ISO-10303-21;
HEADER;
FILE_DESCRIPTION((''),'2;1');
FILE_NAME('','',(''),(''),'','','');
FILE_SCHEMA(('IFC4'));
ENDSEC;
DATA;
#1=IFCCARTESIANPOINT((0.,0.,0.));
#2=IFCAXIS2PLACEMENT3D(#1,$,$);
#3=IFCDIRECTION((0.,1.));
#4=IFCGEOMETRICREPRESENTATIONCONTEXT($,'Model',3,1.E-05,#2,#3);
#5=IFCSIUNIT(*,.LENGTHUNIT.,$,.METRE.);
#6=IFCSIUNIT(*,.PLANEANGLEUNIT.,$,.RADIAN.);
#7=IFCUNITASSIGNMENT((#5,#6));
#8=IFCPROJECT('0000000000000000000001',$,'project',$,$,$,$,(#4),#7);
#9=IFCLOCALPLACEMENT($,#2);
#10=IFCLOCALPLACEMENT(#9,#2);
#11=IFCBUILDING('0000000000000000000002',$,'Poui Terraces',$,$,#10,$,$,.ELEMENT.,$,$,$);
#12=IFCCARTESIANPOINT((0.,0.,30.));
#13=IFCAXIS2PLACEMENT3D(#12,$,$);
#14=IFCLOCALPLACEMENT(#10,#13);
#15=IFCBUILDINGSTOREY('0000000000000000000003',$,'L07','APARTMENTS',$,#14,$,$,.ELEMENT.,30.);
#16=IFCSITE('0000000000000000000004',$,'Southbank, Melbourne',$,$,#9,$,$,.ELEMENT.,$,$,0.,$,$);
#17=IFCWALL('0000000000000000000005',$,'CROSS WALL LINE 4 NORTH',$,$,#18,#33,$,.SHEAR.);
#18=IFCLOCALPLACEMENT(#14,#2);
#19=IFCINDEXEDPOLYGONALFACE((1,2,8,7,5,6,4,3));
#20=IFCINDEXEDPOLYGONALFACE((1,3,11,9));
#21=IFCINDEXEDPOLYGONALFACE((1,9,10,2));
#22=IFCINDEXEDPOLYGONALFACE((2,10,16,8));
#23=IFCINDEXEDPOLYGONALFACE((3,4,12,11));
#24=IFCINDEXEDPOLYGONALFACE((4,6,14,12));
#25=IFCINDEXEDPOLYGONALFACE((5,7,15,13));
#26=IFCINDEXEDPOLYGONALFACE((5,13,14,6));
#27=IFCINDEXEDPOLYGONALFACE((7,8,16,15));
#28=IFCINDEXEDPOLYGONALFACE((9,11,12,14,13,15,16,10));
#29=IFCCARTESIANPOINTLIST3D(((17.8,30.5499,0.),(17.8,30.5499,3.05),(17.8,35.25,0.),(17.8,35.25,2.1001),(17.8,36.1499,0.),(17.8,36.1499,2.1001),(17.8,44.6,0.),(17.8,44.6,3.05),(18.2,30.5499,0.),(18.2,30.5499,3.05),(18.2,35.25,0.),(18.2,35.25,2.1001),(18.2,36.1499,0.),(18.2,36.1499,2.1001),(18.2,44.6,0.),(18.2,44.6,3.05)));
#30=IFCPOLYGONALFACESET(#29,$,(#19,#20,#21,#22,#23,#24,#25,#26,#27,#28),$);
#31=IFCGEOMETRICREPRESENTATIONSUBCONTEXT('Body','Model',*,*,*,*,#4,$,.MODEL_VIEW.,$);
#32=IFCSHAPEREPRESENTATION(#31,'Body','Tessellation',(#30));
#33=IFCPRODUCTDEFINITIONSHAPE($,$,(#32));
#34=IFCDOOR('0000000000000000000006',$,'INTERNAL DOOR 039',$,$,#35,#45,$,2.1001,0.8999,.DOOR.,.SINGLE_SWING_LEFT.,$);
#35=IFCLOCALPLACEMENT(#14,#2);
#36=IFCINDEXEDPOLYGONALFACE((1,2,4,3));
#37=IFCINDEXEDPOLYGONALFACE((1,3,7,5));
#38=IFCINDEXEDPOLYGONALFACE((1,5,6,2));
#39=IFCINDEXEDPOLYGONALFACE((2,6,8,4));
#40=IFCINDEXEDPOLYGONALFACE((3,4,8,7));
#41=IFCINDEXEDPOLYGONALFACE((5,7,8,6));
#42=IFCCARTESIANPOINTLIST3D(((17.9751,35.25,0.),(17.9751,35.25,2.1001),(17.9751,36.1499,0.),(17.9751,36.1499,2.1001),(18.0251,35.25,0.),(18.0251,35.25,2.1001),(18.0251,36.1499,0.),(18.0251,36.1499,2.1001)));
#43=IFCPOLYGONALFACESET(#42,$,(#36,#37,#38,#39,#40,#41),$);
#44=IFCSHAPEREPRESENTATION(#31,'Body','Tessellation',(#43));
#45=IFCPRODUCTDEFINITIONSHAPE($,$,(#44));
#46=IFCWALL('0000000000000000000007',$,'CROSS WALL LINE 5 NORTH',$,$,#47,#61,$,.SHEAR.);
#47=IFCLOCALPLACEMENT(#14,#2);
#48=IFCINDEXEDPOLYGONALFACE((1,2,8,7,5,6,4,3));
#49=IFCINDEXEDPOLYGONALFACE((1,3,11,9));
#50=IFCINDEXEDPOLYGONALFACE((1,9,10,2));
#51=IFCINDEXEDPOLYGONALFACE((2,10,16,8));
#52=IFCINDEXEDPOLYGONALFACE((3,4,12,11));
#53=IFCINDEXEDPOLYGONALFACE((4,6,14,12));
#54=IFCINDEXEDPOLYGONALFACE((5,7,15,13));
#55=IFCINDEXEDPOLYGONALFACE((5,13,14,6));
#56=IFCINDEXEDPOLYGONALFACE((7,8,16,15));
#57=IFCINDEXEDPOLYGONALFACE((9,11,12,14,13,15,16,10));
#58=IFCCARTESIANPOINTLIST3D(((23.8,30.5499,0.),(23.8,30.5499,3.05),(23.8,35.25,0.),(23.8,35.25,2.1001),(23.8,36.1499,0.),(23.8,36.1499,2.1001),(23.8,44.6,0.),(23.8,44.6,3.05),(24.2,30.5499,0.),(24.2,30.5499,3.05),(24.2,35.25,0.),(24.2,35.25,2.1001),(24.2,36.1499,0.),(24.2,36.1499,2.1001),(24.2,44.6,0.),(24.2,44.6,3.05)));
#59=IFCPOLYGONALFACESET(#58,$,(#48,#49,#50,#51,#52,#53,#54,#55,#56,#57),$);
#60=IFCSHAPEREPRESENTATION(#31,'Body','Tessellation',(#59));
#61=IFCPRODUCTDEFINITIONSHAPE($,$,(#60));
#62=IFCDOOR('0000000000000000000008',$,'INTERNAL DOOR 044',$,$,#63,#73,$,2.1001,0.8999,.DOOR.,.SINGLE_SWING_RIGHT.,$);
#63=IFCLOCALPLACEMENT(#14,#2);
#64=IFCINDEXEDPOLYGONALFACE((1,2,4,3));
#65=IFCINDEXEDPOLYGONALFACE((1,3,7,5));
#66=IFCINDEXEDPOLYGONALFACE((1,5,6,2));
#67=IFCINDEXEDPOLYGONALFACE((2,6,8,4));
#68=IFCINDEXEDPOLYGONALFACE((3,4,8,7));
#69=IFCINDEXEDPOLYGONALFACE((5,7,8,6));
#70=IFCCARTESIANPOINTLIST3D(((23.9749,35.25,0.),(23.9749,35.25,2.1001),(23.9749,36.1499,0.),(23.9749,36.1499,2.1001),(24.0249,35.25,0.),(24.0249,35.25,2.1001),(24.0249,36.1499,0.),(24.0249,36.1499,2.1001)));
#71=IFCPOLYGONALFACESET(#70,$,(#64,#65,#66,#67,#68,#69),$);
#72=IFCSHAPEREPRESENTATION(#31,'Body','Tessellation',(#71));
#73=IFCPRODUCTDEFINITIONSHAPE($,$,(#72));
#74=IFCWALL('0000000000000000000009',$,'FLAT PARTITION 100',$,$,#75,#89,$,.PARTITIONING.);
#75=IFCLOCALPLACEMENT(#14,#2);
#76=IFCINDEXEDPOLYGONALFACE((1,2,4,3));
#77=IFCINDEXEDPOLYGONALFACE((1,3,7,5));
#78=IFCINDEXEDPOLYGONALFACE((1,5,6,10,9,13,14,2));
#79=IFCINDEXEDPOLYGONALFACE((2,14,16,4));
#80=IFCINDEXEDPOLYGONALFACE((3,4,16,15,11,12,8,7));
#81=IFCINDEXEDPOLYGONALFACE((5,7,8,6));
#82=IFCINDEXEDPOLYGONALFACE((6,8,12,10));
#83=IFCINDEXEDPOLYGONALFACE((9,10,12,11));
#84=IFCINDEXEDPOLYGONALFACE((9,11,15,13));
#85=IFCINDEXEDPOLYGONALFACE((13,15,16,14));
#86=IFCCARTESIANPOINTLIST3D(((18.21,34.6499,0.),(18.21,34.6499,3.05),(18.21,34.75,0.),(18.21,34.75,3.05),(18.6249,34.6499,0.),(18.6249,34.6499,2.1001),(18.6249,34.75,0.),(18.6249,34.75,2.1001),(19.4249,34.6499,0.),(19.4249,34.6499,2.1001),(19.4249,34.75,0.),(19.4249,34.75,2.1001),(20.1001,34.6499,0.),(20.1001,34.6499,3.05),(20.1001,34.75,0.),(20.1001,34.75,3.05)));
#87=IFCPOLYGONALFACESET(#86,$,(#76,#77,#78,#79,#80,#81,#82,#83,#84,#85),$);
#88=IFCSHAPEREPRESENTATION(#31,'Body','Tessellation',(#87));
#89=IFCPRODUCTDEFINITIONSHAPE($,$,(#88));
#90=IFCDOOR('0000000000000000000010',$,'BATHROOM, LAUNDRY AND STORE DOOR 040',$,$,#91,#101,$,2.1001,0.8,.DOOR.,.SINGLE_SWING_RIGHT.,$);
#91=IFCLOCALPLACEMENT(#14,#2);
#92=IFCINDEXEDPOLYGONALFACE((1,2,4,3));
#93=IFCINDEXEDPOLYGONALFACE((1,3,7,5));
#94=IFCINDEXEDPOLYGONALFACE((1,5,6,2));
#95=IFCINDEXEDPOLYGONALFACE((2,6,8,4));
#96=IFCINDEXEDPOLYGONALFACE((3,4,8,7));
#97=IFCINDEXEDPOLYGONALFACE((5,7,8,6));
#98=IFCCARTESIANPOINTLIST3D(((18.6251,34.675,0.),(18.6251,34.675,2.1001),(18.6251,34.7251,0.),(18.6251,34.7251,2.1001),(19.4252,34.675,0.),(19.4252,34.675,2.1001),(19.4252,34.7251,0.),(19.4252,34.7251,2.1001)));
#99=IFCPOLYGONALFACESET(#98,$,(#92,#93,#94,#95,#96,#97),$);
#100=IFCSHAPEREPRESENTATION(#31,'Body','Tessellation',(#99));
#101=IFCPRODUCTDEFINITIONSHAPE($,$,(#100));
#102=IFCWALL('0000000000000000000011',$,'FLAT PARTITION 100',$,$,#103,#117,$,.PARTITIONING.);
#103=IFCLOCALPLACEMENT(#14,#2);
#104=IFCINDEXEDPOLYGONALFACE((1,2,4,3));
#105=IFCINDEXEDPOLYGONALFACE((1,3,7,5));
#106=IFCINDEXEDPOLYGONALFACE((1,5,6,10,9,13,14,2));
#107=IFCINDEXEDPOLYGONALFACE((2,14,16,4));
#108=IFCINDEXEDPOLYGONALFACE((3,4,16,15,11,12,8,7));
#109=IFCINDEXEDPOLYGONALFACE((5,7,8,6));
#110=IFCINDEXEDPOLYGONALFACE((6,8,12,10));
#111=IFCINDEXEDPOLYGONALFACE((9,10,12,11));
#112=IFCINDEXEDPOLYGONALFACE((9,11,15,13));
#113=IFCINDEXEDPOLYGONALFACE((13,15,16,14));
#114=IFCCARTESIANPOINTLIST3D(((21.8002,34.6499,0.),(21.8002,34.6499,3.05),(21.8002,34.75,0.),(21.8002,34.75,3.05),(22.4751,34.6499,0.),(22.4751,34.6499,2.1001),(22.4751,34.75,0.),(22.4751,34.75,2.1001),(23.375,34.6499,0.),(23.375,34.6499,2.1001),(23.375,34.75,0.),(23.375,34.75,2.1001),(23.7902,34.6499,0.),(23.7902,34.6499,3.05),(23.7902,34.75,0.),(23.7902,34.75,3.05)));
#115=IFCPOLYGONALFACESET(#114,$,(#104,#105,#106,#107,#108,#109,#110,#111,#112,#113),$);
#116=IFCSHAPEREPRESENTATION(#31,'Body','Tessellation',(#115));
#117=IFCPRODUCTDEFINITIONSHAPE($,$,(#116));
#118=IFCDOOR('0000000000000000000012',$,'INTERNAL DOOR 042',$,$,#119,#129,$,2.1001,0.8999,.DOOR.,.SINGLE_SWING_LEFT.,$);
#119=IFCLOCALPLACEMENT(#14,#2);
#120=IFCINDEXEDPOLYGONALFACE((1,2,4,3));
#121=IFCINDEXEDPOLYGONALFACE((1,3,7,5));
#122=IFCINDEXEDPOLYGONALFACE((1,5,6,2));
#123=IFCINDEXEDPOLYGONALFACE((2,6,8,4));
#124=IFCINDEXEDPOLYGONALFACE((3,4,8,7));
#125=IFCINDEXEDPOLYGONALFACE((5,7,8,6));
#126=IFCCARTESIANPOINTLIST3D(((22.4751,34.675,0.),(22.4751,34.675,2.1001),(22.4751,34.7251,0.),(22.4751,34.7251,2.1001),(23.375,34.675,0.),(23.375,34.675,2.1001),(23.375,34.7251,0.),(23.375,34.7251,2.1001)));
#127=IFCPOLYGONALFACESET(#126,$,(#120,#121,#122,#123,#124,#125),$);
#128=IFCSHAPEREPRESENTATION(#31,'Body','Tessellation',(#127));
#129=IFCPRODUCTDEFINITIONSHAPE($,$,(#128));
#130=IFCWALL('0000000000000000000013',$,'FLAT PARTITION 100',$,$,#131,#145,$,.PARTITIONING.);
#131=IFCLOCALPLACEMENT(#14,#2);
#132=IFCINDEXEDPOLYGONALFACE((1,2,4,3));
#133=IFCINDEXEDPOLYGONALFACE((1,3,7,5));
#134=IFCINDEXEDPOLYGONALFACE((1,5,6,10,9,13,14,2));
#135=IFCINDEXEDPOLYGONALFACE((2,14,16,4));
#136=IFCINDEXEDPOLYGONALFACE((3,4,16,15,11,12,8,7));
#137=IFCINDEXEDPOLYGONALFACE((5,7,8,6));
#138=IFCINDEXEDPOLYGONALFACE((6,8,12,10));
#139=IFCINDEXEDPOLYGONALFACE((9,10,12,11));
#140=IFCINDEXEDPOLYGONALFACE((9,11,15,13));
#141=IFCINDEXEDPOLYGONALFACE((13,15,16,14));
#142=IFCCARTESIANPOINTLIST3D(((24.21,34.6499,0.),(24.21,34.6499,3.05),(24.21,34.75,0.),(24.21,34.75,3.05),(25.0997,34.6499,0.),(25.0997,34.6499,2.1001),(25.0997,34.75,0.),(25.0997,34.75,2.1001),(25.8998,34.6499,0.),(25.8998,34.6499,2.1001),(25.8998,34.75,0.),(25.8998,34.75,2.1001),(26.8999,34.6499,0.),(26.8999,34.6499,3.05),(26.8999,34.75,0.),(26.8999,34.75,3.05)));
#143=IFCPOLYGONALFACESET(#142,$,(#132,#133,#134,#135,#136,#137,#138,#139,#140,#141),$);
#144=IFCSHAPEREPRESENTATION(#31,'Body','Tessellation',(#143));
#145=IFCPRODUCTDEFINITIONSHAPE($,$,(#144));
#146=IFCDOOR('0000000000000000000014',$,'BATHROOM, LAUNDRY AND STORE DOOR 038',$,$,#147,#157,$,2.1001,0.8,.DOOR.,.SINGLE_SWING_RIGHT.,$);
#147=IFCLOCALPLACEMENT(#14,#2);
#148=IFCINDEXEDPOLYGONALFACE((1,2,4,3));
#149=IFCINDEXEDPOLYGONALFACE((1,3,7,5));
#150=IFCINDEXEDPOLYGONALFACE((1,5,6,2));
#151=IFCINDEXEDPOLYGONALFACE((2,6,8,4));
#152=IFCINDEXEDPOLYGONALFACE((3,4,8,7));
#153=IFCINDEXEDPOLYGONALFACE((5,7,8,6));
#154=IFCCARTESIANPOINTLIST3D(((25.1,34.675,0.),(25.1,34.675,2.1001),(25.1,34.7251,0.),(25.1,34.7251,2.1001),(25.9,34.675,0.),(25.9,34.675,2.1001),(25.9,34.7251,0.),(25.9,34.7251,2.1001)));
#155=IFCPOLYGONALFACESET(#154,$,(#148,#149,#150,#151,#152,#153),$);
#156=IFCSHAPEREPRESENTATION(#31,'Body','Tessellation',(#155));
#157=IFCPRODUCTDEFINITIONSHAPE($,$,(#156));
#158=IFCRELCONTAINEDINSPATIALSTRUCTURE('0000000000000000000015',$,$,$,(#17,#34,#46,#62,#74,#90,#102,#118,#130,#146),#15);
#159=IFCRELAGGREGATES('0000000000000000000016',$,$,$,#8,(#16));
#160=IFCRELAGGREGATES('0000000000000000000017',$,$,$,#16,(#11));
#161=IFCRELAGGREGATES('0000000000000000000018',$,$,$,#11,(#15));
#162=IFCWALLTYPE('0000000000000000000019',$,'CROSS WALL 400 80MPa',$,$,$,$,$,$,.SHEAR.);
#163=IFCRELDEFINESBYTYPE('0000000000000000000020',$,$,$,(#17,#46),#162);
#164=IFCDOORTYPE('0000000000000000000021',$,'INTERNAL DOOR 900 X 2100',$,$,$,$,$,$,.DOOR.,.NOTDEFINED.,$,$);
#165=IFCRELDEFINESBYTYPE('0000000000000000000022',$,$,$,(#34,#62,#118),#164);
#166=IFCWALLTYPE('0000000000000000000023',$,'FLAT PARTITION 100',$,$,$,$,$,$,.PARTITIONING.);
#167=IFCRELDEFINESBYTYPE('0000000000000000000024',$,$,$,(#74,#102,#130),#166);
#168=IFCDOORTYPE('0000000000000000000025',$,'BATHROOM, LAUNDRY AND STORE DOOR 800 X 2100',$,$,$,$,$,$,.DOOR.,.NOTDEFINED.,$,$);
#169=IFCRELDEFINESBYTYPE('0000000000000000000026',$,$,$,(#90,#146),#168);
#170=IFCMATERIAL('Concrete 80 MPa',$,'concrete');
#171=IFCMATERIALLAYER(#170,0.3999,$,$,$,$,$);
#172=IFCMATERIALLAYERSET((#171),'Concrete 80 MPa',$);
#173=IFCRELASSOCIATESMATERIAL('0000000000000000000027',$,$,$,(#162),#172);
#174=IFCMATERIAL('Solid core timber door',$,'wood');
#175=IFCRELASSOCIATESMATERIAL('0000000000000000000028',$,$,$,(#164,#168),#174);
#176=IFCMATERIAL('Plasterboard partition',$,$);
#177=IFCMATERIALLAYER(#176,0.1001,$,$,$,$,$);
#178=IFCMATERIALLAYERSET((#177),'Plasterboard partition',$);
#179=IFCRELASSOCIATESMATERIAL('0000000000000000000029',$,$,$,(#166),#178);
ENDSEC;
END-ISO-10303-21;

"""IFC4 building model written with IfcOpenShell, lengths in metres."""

from ifc_helpers import new_model, si_unit, direction, frame, frame_2d, origin, place, context, subcontext, project, spatial, rectangle, extrude, material, layer, layer_set, type_object, element, fill, save


model = new_model("IFC4")

# Units and contexts
model_context = context("Model", 3, precision=1e-05, world=origin(), true_north=direction((0.0, 1.0)))
body_context = subcontext(model_context, "Body", "Model", "MODEL_VIEW")
ifc_project = project(units=[si_unit("LENGTHUNIT", "METRE"), si_unit("PLANEANGLEUNIT", "RADIAN")], contexts=[model_context])

# Site, building, storey
site_placement = place(None, origin())
site = spatial("IfcSite", under=ifc_project, at=site_placement, Name="Southbank, Melbourne", CompositionType="ELEMENT", RefElevation=0.0)
building_placement = place(site_placement, origin())
building = spatial("IfcBuilding", under=site, at=building_placement, Name="Poui Terraces", CompositionType="ELEMENT")
storey_placement = place(building_placement, frame((0.0, 0.0, 30.0)))
storey = spatial("IfcBuildingStorey", under=building, at=storey_placement, Name="L07", Description="APARTMENTS", CompositionType="ELEMENT", Elevation=30.0)

# Walls, openings, doors
ifc_material_1 = material(Name="Concrete 80 MPa", Category="concrete")
ifc_layer_1 = layer(ifc_material_1, 0.3999)
ifc_layer_set_1 = layer_set([ifc_layer_1], Name="Concrete 80 MPa")
wall_type_1 = type_object("IfcWallType", Name="CROSS WALL 400 80MPa", PredefinedType="SHEAR", material=ifc_layer_set_1)
wall_1_placement = place(storey_placement, frame((18.0, 30.55, 0.0), z_axis=(0.0, 0.0, 1.0), x_axis=(0.0, 1.0, 0.0)))
wall_1 = element("IfcWall", 1, at=wall_1_placement, inside=storey, type_object=wall_type_1, Name="CROSS WALL LINE 4 NORTH", PredefinedType="SHEAR", context=body_context, shape_type="SweptSolid", body=[
    extrude(rectangle(XDim=14.05, YDim=0.3999, at=frame_2d((7.0249, 0.0))), origin(), (0.0, 0.0, 1.0), 3.05),
])
opening_1_placement = place(wall_1_placement, frame((4.7, 0.0, 0.0)))
opening_1 = element("IfcOpeningElement", 2, at=opening_1_placement, cuts=wall_1, PredefinedType="OPENING", context=body_context, shape_type="SweptSolid", body=[
    extrude(rectangle(XDim=0.8999, YDim=2.1001, at=frame_2d((0.45, 1.05))), frame((0.0, 0.21, 0.0), z_axis=(0.0, -1.0, 0.0), x_axis=(1.0, 0.0, 0.0)), (0.0, 0.0, 1.0), 0.4199),
])
ifc_material_2 = material(Name="Solid core timber door", Category="wood")
door_type_1 = type_object("IfcDoorType", Name="INTERNAL DOOR 900 X 2100", OperationType="NOTDEFINED", PredefinedType="DOOR", material=ifc_material_2)
door_1_placement = place(opening_1_placement, origin())
door_1 = element("IfcDoor", 3, at=door_1_placement, inside=storey, type_object=door_type_1, Name="INTERNAL DOOR 039", OperationType="SINGLE_SWING_LEFT", OverallHeight=2.1001, OverallWidth=0.8999, PredefinedType="DOOR", context=body_context, shape_type="SweptSolid", body=[
    extrude(rectangle(XDim=0.8999, YDim=2.1001, at=frame_2d((0.45, 1.05))), frame((0.0, 0.0249, 0.0), z_axis=(0.0, -1.0, 0.0), x_axis=(1.0, 0.0, 0.0)), (0.0, 0.0, 1.0), 0.05),
])
fill(opening_1, door_1)
wall_2_placement = place(storey_placement, frame((24.0, 30.55, 0.0), z_axis=(0.0, 0.0, 1.0), x_axis=(0.0, 1.0, 0.0)))
wall_2 = element("IfcWall", 4, at=wall_2_placement, inside=storey, type_object=wall_type_1, Name="CROSS WALL LINE 5 NORTH", PredefinedType="SHEAR", context=body_context, shape_type="SweptSolid", body=[
    extrude(rectangle(XDim=14.05, YDim=0.3999, at=frame_2d((7.0249, 0.0))), origin(), (0.0, 0.0, 1.0), 3.05),
])
opening_2_placement = place(wall_2_placement, frame((4.7, 0.0, 0.0)))
opening_2 = element("IfcOpeningElement", 5, at=opening_2_placement, cuts=wall_2, PredefinedType="OPENING", context=body_context, shape_type="SweptSolid", body=[
    extrude(rectangle(XDim=0.8999, YDim=2.1001, at=frame_2d((0.45, 1.05))), frame((0.0, 0.21, 0.0), z_axis=(0.0, -1.0, 0.0), x_axis=(1.0, 0.0, 0.0)), (0.0, 0.0, 1.0), 0.4199),
])
door_2_placement = place(opening_2_placement, frame((0.8999, 0.0, 0.0), z_axis=(0.0, 0.0, 1.0), x_axis=(-1.0, 0.0, 0.0)))
door_2 = element("IfcDoor", 6, at=door_2_placement, inside=storey, type_object=door_type_1, Name="INTERNAL DOOR 044", OperationType="SINGLE_SWING_RIGHT", OverallHeight=2.1001, OverallWidth=0.8999, PredefinedType="DOOR", context=body_context, shape_type="SweptSolid", body=[
    extrude(rectangle(XDim=0.8999, YDim=2.1001, at=frame_2d((0.45, 1.05))), frame((0.0, 0.0249, 0.0), z_axis=(0.0, -1.0, 0.0), x_axis=(1.0, 0.0, 0.0)), (0.0, 0.0, 1.0), 0.05),
])
fill(opening_2, door_2)
ifc_material_3 = material(Name="Plasterboard partition")
ifc_layer_2 = layer(ifc_material_3, 0.1001)
ifc_layer_set_2 = layer_set([ifc_layer_2], Name="Plasterboard partition")
wall_type_2 = type_object("IfcWallType", Name="FLAT PARTITION 100", PredefinedType="PARTITIONING", material=ifc_layer_set_2)
wall_3_placement = place(storey_placement, frame((18.21, 34.7, 0.0), z_axis=(0.0, 0.0, 1.0), x_axis=(1.0, 0.0, 0.0)))
wall_3 = element("IfcWall", 7, at=wall_3_placement, inside=storey, type_object=wall_type_2, Name="FLAT PARTITION 100", PredefinedType="PARTITIONING", context=body_context, shape_type="SweptSolid", body=[
    extrude(rectangle(XDim=1.8901, YDim=0.1001, at=frame_2d((0.9451, 0.0))), origin(), (0.0, 0.0, 1.0), 3.05),
])
opening_3_placement = place(wall_3_placement, frame((0.415, 0.0, 0.0)))
opening_3 = element("IfcOpeningElement", 8, at=opening_3_placement, cuts=wall_3, PredefinedType="OPENING", context=body_context, shape_type="SweptSolid", body=[
    extrude(rectangle(XDim=0.8, YDim=2.1001, at=frame_2d((0.3999, 1.05))), frame((0.0, 0.0601, 0.0), z_axis=(0.0, -1.0, 0.0), x_axis=(1.0, 0.0, 0.0)), (0.0, 0.0, 1.0), 0.1201),
])
door_type_2 = type_object("IfcDoorType", Name="BATHROOM, LAUNDRY AND STORE DOOR 800 X 2100", OperationType="NOTDEFINED", PredefinedType="DOOR", material=ifc_material_2)
door_3_placement = place(opening_3_placement, frame((0.8, 0.0, 0.0), z_axis=(0.0, 0.0, 1.0), x_axis=(-1.0, 0.0, 0.0)))
door_3 = element("IfcDoor", 9, at=door_3_placement, inside=storey, type_object=door_type_2, Name="BATHROOM, LAUNDRY AND STORE DOOR 040", OperationType="SINGLE_SWING_RIGHT", OverallHeight=2.1001, OverallWidth=0.8, PredefinedType="DOOR", context=body_context, shape_type="SweptSolid", body=[
    extrude(rectangle(XDim=0.8, YDim=2.1001, at=frame_2d((0.3999, 1.05))), frame((0.0, 0.0249, 0.0), z_axis=(0.0, -1.0, 0.0), x_axis=(1.0, 0.0, 0.0)), (0.0, 0.0, 1.0), 0.05),
])
fill(opening_3, door_3)
wall_4_placement = place(storey_placement, frame((21.8, 34.7, 0.0), z_axis=(0.0, 0.0, 1.0), x_axis=(1.0, 0.0, 0.0)))
wall_4 = element("IfcWall", 10, at=wall_4_placement, inside=storey, type_object=wall_type_2, Name="FLAT PARTITION 100", PredefinedType="PARTITIONING", context=body_context, shape_type="SweptSolid", body=[
    extrude(rectangle(XDim=1.99, YDim=0.1001, at=frame_2d((0.9951, 0.0))), origin(), (0.0, 0.0, 1.0), 3.05),
])
opening_4_placement = place(wall_4_placement, frame((0.675, 0.0, 0.0)))
opening_4 = element("IfcOpeningElement", 11, at=opening_4_placement, cuts=wall_4, PredefinedType="OPENING", context=body_context, shape_type="SweptSolid", body=[
    extrude(rectangle(XDim=0.8999, YDim=2.1001, at=frame_2d((0.45, 1.05))), frame((0.0, 0.0601, 0.0), z_axis=(0.0, -1.0, 0.0), x_axis=(1.0, 0.0, 0.0)), (0.0, 0.0, 1.0), 0.1201),
])
door_4_placement = place(opening_4_placement, frame((0.8999, 0.0, 0.0), z_axis=(0.0, 0.0, 1.0), x_axis=(-1.0, 0.0, 0.0)))
door_4 = element("IfcDoor", 12, at=door_4_placement, inside=storey, type_object=door_type_1, Name="INTERNAL DOOR 042", OperationType="SINGLE_SWING_LEFT", OverallHeight=2.1001, OverallWidth=0.8999, PredefinedType="DOOR", context=body_context, shape_type="SweptSolid", body=[
    extrude(rectangle(XDim=0.8999, YDim=2.1001, at=frame_2d((0.45, 1.05))), frame((0.0, 0.0249, 0.0), z_axis=(0.0, -1.0, 0.0), x_axis=(1.0, 0.0, 0.0)), (0.0, 0.0, 1.0), 0.05),
])
fill(opening_4, door_4)
wall_5_placement = place(storey_placement, frame((24.21, 34.7, 0.0), z_axis=(0.0, 0.0, 1.0), x_axis=(1.0, 0.0, 0.0)))
wall_5 = element("IfcWall", 13, at=wall_5_placement, inside=storey, type_object=wall_type_2, Name="FLAT PARTITION 100", PredefinedType="PARTITIONING", context=body_context, shape_type="SweptSolid", body=[
    extrude(rectangle(XDim=2.6899, YDim=0.1001, at=frame_2d((1.345, 0.0))), origin(), (0.0, 0.0, 1.0), 3.05),
])
opening_5_placement = place(wall_5_placement, frame((0.8899, 0.0, 0.0)))
opening_5 = element("IfcOpeningElement", 14, at=opening_5_placement, cuts=wall_5, PredefinedType="OPENING", context=body_context, shape_type="SweptSolid", body=[
    extrude(rectangle(XDim=0.8, YDim=2.1001, at=frame_2d((0.3999, 1.05))), frame((0.0, 0.0601, 0.0), z_axis=(0.0, -1.0, 0.0), x_axis=(1.0, 0.0, 0.0)), (0.0, 0.0, 1.0), 0.1201),
])
door_5_placement = place(opening_5_placement, frame((0.8, 0.0, 0.0), z_axis=(0.0, 0.0, 1.0), x_axis=(-1.0, 0.0, 0.0)))
door_5 = element("IfcDoor", 15, at=door_5_placement, inside=storey, type_object=door_type_2, Name="BATHROOM, LAUNDRY AND STORE DOOR 038", OperationType="SINGLE_SWING_RIGHT", OverallHeight=2.1001, OverallWidth=0.8, PredefinedType="DOOR", context=body_context, shape_type="SweptSolid", body=[
    extrude(rectangle(XDim=0.8, YDim=2.1001, at=frame_2d((0.3999, 1.05))), frame((0.0, 0.0249, 0.0), z_axis=(0.0, -1.0, 0.0), x_axis=(1.0, 0.0, 0.0)), (0.0, 0.0, 1.0), 0.05),
])
fill(opening_5, door_5)

save(model, "model.ifc")
